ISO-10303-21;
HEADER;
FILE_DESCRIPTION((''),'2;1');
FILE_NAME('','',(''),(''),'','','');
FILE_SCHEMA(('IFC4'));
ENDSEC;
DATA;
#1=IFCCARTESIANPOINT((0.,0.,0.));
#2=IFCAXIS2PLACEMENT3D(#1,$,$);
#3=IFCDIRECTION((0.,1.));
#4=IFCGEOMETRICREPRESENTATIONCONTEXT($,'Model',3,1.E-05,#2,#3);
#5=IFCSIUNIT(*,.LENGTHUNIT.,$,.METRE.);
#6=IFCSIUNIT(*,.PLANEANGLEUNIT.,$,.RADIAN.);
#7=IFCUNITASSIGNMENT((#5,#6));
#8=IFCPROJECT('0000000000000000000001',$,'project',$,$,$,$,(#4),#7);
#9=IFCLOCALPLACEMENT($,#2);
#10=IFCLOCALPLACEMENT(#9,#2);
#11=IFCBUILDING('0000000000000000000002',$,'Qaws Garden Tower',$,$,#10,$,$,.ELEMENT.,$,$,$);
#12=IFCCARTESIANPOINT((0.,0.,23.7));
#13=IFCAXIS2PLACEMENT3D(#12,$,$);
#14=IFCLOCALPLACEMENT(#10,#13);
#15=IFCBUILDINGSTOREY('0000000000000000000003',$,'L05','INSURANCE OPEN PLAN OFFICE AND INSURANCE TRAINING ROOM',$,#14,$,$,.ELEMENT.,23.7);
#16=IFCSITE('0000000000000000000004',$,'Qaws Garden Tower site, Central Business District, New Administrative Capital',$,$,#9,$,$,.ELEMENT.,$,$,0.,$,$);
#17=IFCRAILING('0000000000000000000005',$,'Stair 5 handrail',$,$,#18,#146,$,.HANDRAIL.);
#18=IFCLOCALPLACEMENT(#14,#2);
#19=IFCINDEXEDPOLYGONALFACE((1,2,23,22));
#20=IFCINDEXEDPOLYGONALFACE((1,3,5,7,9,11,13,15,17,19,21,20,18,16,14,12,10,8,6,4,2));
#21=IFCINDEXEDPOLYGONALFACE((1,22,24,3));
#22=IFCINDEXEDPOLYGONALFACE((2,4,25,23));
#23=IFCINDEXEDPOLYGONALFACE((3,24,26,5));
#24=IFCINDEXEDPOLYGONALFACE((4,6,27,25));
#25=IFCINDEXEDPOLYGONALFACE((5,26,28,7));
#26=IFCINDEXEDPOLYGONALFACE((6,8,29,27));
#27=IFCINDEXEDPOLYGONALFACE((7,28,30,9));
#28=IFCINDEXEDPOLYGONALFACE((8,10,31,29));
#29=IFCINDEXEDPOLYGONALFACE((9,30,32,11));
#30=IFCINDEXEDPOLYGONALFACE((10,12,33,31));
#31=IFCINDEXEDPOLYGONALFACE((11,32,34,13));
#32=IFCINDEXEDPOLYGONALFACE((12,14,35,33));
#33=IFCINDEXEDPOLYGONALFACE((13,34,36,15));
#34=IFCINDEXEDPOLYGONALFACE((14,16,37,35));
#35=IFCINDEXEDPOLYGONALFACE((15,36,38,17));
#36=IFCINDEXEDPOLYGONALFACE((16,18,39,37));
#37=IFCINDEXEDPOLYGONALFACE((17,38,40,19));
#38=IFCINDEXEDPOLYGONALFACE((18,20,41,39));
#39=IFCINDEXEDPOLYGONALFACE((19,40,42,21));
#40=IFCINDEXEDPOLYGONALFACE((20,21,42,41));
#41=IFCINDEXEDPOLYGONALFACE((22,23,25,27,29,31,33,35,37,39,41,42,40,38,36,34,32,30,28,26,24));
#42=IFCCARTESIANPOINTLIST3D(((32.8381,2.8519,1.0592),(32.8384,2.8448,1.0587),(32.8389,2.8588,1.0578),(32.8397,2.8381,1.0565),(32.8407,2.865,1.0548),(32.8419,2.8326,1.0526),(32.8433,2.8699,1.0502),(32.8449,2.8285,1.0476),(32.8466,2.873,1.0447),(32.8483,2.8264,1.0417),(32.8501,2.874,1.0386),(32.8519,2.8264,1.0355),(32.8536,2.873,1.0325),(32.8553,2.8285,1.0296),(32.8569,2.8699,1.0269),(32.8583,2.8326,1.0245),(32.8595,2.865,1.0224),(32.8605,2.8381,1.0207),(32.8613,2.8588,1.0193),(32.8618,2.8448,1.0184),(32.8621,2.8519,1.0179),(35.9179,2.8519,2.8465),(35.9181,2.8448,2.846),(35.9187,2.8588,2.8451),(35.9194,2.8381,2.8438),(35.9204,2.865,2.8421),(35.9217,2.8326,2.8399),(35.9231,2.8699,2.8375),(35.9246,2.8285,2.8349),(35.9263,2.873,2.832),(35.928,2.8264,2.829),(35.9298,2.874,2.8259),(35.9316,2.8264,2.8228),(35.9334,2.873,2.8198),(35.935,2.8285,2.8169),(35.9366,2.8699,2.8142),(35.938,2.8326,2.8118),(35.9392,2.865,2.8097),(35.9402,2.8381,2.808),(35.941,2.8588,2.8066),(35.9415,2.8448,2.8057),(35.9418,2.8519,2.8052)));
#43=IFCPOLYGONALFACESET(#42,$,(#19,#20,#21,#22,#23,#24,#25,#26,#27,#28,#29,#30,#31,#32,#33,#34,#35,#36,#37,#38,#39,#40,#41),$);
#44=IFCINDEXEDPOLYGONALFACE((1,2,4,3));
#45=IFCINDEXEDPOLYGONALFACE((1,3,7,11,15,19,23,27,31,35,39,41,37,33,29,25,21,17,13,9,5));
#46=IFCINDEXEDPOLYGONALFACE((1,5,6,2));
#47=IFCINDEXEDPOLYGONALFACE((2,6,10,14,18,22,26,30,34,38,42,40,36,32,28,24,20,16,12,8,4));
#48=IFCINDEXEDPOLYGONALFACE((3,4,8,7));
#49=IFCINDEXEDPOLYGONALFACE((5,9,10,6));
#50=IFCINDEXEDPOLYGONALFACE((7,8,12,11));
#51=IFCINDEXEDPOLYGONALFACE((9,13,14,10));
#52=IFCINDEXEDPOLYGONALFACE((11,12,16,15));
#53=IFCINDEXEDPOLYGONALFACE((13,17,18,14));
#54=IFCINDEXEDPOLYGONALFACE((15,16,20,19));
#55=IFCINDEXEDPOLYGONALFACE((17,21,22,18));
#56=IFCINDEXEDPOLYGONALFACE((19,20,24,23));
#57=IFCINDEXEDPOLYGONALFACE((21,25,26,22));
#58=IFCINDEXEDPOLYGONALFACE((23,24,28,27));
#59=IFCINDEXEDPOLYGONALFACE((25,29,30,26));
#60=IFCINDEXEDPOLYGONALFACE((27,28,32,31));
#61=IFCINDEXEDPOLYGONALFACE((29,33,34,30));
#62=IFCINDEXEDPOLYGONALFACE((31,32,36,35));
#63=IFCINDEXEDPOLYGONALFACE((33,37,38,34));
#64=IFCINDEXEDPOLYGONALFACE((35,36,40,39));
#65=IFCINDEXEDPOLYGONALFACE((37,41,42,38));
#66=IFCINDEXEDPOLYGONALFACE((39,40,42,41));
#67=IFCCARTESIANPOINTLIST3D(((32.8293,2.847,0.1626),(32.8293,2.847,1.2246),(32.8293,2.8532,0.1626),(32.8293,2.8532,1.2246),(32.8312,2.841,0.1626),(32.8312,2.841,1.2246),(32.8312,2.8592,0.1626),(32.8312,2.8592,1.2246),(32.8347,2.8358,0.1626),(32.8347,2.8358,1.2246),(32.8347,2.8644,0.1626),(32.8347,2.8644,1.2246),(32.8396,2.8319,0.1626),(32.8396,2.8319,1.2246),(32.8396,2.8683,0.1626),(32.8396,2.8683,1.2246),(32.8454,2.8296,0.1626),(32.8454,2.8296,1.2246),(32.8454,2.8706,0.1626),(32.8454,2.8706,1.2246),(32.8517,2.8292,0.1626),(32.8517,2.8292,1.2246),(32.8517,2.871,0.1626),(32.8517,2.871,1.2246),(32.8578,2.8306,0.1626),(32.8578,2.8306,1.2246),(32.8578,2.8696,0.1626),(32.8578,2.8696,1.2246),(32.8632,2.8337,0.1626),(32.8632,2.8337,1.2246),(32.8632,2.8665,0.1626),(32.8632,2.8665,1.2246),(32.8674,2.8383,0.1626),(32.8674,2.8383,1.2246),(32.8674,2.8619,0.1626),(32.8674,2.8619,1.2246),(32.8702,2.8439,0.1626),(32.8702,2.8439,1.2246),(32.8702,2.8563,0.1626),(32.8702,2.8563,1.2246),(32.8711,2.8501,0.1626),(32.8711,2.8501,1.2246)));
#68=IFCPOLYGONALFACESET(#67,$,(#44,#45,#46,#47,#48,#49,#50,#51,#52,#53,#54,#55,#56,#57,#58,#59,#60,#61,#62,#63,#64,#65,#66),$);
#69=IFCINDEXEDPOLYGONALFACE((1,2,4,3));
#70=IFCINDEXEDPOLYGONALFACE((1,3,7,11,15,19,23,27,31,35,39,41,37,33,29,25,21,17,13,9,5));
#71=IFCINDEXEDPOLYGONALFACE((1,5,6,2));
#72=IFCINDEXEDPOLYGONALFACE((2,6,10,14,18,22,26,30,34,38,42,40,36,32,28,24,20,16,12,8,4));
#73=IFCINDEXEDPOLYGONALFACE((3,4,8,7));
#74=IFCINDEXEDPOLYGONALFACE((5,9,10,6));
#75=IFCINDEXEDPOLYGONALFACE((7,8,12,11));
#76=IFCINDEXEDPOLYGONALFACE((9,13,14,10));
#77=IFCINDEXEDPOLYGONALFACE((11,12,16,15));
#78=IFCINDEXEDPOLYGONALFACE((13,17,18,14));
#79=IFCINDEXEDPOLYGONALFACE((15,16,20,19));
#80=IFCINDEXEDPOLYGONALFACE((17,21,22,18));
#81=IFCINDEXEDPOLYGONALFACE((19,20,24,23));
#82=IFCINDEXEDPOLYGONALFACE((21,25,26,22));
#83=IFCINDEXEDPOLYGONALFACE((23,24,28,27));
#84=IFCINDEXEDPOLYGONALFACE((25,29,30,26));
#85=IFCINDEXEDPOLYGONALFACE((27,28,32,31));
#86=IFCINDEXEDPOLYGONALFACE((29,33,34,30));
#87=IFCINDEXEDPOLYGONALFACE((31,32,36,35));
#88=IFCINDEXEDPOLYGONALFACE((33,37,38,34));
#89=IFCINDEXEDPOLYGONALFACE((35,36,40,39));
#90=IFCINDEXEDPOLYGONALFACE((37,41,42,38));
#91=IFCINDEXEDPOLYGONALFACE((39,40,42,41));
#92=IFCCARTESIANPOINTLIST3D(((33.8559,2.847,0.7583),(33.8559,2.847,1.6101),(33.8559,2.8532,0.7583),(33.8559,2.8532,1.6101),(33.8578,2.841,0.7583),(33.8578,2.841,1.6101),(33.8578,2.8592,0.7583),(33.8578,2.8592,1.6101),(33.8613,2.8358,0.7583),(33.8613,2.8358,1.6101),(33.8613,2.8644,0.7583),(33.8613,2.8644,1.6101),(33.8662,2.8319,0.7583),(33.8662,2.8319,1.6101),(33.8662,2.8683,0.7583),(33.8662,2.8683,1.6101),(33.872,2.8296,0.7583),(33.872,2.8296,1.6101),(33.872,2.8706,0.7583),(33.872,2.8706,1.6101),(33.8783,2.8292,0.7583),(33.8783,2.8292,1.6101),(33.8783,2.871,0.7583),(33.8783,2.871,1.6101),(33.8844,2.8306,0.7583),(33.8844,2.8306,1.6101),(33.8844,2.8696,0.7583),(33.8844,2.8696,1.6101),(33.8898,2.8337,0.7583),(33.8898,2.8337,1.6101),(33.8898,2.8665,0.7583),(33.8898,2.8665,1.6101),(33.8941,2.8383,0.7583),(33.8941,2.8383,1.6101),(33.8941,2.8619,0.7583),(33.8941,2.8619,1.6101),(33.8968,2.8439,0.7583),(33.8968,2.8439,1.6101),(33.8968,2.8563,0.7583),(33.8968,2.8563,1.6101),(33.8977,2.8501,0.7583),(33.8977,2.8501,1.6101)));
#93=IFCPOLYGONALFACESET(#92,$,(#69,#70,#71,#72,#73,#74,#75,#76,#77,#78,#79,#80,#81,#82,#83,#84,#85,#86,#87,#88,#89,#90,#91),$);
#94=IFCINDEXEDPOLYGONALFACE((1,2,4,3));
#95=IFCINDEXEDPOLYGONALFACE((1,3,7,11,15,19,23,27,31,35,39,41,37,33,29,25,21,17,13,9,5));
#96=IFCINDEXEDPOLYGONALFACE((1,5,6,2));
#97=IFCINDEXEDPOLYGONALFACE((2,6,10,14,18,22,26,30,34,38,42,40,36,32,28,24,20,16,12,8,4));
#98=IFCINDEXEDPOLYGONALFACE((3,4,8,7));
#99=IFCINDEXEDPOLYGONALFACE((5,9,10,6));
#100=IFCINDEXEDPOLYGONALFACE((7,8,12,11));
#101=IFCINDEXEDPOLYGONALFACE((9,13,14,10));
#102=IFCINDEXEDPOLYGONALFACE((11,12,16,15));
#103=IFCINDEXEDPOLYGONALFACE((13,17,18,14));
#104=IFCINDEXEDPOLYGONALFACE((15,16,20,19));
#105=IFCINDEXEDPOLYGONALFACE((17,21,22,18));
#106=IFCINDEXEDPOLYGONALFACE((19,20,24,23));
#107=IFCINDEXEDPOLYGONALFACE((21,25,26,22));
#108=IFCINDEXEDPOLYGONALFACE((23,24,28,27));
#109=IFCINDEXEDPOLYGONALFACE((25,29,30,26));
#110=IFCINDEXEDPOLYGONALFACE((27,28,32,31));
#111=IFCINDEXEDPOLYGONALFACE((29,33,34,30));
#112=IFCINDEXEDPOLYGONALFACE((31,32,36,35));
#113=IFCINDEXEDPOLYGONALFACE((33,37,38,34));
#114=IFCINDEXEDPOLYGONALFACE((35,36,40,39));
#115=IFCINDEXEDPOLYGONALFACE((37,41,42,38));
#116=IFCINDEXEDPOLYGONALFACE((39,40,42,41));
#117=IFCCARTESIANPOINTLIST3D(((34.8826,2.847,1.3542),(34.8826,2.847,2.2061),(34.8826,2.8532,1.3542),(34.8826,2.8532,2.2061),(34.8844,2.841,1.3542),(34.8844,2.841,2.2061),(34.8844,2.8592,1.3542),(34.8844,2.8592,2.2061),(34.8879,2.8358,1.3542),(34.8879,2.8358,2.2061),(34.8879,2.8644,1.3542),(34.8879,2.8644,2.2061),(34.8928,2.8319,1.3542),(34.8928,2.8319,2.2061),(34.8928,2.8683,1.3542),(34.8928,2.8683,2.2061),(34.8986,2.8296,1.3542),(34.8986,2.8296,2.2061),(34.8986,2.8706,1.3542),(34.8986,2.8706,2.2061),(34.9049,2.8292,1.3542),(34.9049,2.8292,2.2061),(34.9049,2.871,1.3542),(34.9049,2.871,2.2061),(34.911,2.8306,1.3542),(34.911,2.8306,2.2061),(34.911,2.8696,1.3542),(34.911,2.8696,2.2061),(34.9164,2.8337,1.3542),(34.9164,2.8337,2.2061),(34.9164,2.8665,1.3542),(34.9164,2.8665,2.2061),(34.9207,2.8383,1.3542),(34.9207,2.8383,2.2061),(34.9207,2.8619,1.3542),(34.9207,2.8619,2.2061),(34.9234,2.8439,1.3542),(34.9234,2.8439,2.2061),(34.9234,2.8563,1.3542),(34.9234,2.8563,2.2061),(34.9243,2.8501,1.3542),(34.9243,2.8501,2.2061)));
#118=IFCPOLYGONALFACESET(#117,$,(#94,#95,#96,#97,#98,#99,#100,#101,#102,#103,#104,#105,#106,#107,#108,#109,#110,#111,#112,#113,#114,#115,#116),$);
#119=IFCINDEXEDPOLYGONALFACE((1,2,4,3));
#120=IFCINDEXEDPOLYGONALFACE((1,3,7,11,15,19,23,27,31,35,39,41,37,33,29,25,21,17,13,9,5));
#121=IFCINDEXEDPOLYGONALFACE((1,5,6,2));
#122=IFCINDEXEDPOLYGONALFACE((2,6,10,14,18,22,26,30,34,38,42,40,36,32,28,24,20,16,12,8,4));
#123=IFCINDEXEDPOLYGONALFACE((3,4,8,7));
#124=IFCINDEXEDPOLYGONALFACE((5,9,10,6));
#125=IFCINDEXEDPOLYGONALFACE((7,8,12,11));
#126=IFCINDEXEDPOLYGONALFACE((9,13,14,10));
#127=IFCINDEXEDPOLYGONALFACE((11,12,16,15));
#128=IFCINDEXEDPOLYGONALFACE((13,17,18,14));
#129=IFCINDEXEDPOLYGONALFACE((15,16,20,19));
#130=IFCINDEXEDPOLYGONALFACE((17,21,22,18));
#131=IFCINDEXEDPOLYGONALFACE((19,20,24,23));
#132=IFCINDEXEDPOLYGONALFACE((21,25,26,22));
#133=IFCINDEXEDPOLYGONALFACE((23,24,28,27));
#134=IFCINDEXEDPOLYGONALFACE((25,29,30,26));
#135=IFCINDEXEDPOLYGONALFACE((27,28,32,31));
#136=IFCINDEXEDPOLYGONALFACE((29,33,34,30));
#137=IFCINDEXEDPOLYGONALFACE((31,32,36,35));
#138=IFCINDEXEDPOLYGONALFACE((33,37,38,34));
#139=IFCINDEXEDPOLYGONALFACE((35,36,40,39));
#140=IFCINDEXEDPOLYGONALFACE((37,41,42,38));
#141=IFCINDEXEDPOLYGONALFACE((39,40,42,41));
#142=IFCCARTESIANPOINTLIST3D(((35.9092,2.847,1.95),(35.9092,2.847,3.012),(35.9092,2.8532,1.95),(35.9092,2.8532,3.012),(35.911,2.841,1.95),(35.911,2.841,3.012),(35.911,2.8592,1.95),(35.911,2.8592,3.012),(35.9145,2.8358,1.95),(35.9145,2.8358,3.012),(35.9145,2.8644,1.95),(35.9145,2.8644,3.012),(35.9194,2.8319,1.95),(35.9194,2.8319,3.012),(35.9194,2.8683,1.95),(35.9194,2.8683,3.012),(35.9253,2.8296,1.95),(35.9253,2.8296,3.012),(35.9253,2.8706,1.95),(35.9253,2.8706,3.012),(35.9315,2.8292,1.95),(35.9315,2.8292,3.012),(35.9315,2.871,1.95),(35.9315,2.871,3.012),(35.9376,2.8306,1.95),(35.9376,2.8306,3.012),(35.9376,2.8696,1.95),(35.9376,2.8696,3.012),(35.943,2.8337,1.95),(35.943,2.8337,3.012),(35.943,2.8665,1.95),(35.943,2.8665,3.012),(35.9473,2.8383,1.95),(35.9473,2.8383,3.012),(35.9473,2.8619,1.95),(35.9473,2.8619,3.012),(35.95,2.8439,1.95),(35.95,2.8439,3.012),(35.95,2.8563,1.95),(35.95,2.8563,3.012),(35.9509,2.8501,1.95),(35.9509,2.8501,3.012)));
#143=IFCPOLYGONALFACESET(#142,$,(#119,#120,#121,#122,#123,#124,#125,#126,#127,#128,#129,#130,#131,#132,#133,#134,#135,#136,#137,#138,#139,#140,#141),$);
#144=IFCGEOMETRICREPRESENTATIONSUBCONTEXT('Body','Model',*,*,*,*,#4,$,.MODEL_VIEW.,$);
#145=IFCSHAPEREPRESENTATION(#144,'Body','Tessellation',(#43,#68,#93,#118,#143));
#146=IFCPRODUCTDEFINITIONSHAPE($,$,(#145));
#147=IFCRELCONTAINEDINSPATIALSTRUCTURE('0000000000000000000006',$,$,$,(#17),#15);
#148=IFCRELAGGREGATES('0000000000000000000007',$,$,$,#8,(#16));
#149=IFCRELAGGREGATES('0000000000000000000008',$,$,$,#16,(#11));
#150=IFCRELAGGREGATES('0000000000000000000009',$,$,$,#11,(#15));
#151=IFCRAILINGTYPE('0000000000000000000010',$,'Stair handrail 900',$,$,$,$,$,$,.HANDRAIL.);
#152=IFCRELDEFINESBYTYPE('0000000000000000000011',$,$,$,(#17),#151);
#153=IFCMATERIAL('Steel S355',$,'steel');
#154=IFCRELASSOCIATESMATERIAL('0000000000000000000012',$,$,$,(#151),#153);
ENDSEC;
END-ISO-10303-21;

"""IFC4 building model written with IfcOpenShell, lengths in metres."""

from ifc_helpers import new_model, si_unit, direction, frame, origin, origin_2d, place, context, subcontext, project, spatial, circle, extrude, material, type_object, element, save


model = new_model("IFC4")

# Units and contexts
model_context = context("Model", 3, precision=1e-05, world=origin(), true_north=direction((0.0, 1.0)))
body_context = subcontext(model_context, "Body", "Model", "MODEL_VIEW")
ifc_project = project(units=[si_unit("LENGTHUNIT", "METRE"), si_unit("PLANEANGLEUNIT", "RADIAN")], contexts=[model_context])

# Site, building, storey
site_placement = place(None, origin())
site = spatial("IfcSite", under=ifc_project, at=site_placement, Name="Qaws Garden Tower site, Central Business District, New Administrative Capital", CompositionType="ELEMENT", RefElevation=0.0)
building_placement = place(site_placement, origin())
building = spatial("IfcBuilding", under=site, at=building_placement, Name="Qaws Garden Tower", CompositionType="ELEMENT")
storey_placement = place(building_placement, frame((0.0, 0.0, 23.7)))
storey = spatial("IfcBuildingStorey", under=building, at=storey_placement, Name="L05", Description="INSURANCE OPEN PLAN OFFICE AND INSURANCE TRAINING ROOM", CompositionType="ELEMENT", Elevation=23.7)

# Railing
ifc_material_1 = material(Name="Steel S355", Category="steel")
railing_type = type_object("IfcRailingType", Name="Stair handrail 900", PredefinedType="HANDRAIL", material=ifc_material_1)
railing_1_placement = place(storey_placement, frame((32.8501, 2.8501, 0.1626)))
element("IfcRailing", 1, at=railing_1_placement, inside=storey, type_object=railing_type, Name="Stair 5 handrail", PredefinedType="HANDRAIL", context=body_context, shape_type="SweptSolid", body=[
    extrude(circle(Radius=0.0239, at=origin_2d()), frame((0.0, 0.0, 0.876), z_axis=(0.864903, 0.0, 0.501939), x_axis=(0.0, 1.0, 0.0)), (0.0, 0.0, 1.0), 3.5608),
    extrude(circle(Radius=0.021, at=origin_2d()), origin(), (0.0, 0.0, 1.0), 1.062),
    extrude(circle(Radius=0.021, at=origin_2d()), frame((1.0266, 0.0, 0.5957)), (0.0, 0.0, 1.0), 0.8518),
    extrude(circle(Radius=0.021, at=origin_2d()), frame((2.0532, 0.0, 1.1917)), (0.0, 0.0, 1.0), 0.8518),
    extrude(circle(Radius=0.021, at=origin_2d()), frame((3.0798, 0.0, 1.7874)), (0.0, 0.0, 1.0), 1.062),
])

save(model, "model.ifc")
